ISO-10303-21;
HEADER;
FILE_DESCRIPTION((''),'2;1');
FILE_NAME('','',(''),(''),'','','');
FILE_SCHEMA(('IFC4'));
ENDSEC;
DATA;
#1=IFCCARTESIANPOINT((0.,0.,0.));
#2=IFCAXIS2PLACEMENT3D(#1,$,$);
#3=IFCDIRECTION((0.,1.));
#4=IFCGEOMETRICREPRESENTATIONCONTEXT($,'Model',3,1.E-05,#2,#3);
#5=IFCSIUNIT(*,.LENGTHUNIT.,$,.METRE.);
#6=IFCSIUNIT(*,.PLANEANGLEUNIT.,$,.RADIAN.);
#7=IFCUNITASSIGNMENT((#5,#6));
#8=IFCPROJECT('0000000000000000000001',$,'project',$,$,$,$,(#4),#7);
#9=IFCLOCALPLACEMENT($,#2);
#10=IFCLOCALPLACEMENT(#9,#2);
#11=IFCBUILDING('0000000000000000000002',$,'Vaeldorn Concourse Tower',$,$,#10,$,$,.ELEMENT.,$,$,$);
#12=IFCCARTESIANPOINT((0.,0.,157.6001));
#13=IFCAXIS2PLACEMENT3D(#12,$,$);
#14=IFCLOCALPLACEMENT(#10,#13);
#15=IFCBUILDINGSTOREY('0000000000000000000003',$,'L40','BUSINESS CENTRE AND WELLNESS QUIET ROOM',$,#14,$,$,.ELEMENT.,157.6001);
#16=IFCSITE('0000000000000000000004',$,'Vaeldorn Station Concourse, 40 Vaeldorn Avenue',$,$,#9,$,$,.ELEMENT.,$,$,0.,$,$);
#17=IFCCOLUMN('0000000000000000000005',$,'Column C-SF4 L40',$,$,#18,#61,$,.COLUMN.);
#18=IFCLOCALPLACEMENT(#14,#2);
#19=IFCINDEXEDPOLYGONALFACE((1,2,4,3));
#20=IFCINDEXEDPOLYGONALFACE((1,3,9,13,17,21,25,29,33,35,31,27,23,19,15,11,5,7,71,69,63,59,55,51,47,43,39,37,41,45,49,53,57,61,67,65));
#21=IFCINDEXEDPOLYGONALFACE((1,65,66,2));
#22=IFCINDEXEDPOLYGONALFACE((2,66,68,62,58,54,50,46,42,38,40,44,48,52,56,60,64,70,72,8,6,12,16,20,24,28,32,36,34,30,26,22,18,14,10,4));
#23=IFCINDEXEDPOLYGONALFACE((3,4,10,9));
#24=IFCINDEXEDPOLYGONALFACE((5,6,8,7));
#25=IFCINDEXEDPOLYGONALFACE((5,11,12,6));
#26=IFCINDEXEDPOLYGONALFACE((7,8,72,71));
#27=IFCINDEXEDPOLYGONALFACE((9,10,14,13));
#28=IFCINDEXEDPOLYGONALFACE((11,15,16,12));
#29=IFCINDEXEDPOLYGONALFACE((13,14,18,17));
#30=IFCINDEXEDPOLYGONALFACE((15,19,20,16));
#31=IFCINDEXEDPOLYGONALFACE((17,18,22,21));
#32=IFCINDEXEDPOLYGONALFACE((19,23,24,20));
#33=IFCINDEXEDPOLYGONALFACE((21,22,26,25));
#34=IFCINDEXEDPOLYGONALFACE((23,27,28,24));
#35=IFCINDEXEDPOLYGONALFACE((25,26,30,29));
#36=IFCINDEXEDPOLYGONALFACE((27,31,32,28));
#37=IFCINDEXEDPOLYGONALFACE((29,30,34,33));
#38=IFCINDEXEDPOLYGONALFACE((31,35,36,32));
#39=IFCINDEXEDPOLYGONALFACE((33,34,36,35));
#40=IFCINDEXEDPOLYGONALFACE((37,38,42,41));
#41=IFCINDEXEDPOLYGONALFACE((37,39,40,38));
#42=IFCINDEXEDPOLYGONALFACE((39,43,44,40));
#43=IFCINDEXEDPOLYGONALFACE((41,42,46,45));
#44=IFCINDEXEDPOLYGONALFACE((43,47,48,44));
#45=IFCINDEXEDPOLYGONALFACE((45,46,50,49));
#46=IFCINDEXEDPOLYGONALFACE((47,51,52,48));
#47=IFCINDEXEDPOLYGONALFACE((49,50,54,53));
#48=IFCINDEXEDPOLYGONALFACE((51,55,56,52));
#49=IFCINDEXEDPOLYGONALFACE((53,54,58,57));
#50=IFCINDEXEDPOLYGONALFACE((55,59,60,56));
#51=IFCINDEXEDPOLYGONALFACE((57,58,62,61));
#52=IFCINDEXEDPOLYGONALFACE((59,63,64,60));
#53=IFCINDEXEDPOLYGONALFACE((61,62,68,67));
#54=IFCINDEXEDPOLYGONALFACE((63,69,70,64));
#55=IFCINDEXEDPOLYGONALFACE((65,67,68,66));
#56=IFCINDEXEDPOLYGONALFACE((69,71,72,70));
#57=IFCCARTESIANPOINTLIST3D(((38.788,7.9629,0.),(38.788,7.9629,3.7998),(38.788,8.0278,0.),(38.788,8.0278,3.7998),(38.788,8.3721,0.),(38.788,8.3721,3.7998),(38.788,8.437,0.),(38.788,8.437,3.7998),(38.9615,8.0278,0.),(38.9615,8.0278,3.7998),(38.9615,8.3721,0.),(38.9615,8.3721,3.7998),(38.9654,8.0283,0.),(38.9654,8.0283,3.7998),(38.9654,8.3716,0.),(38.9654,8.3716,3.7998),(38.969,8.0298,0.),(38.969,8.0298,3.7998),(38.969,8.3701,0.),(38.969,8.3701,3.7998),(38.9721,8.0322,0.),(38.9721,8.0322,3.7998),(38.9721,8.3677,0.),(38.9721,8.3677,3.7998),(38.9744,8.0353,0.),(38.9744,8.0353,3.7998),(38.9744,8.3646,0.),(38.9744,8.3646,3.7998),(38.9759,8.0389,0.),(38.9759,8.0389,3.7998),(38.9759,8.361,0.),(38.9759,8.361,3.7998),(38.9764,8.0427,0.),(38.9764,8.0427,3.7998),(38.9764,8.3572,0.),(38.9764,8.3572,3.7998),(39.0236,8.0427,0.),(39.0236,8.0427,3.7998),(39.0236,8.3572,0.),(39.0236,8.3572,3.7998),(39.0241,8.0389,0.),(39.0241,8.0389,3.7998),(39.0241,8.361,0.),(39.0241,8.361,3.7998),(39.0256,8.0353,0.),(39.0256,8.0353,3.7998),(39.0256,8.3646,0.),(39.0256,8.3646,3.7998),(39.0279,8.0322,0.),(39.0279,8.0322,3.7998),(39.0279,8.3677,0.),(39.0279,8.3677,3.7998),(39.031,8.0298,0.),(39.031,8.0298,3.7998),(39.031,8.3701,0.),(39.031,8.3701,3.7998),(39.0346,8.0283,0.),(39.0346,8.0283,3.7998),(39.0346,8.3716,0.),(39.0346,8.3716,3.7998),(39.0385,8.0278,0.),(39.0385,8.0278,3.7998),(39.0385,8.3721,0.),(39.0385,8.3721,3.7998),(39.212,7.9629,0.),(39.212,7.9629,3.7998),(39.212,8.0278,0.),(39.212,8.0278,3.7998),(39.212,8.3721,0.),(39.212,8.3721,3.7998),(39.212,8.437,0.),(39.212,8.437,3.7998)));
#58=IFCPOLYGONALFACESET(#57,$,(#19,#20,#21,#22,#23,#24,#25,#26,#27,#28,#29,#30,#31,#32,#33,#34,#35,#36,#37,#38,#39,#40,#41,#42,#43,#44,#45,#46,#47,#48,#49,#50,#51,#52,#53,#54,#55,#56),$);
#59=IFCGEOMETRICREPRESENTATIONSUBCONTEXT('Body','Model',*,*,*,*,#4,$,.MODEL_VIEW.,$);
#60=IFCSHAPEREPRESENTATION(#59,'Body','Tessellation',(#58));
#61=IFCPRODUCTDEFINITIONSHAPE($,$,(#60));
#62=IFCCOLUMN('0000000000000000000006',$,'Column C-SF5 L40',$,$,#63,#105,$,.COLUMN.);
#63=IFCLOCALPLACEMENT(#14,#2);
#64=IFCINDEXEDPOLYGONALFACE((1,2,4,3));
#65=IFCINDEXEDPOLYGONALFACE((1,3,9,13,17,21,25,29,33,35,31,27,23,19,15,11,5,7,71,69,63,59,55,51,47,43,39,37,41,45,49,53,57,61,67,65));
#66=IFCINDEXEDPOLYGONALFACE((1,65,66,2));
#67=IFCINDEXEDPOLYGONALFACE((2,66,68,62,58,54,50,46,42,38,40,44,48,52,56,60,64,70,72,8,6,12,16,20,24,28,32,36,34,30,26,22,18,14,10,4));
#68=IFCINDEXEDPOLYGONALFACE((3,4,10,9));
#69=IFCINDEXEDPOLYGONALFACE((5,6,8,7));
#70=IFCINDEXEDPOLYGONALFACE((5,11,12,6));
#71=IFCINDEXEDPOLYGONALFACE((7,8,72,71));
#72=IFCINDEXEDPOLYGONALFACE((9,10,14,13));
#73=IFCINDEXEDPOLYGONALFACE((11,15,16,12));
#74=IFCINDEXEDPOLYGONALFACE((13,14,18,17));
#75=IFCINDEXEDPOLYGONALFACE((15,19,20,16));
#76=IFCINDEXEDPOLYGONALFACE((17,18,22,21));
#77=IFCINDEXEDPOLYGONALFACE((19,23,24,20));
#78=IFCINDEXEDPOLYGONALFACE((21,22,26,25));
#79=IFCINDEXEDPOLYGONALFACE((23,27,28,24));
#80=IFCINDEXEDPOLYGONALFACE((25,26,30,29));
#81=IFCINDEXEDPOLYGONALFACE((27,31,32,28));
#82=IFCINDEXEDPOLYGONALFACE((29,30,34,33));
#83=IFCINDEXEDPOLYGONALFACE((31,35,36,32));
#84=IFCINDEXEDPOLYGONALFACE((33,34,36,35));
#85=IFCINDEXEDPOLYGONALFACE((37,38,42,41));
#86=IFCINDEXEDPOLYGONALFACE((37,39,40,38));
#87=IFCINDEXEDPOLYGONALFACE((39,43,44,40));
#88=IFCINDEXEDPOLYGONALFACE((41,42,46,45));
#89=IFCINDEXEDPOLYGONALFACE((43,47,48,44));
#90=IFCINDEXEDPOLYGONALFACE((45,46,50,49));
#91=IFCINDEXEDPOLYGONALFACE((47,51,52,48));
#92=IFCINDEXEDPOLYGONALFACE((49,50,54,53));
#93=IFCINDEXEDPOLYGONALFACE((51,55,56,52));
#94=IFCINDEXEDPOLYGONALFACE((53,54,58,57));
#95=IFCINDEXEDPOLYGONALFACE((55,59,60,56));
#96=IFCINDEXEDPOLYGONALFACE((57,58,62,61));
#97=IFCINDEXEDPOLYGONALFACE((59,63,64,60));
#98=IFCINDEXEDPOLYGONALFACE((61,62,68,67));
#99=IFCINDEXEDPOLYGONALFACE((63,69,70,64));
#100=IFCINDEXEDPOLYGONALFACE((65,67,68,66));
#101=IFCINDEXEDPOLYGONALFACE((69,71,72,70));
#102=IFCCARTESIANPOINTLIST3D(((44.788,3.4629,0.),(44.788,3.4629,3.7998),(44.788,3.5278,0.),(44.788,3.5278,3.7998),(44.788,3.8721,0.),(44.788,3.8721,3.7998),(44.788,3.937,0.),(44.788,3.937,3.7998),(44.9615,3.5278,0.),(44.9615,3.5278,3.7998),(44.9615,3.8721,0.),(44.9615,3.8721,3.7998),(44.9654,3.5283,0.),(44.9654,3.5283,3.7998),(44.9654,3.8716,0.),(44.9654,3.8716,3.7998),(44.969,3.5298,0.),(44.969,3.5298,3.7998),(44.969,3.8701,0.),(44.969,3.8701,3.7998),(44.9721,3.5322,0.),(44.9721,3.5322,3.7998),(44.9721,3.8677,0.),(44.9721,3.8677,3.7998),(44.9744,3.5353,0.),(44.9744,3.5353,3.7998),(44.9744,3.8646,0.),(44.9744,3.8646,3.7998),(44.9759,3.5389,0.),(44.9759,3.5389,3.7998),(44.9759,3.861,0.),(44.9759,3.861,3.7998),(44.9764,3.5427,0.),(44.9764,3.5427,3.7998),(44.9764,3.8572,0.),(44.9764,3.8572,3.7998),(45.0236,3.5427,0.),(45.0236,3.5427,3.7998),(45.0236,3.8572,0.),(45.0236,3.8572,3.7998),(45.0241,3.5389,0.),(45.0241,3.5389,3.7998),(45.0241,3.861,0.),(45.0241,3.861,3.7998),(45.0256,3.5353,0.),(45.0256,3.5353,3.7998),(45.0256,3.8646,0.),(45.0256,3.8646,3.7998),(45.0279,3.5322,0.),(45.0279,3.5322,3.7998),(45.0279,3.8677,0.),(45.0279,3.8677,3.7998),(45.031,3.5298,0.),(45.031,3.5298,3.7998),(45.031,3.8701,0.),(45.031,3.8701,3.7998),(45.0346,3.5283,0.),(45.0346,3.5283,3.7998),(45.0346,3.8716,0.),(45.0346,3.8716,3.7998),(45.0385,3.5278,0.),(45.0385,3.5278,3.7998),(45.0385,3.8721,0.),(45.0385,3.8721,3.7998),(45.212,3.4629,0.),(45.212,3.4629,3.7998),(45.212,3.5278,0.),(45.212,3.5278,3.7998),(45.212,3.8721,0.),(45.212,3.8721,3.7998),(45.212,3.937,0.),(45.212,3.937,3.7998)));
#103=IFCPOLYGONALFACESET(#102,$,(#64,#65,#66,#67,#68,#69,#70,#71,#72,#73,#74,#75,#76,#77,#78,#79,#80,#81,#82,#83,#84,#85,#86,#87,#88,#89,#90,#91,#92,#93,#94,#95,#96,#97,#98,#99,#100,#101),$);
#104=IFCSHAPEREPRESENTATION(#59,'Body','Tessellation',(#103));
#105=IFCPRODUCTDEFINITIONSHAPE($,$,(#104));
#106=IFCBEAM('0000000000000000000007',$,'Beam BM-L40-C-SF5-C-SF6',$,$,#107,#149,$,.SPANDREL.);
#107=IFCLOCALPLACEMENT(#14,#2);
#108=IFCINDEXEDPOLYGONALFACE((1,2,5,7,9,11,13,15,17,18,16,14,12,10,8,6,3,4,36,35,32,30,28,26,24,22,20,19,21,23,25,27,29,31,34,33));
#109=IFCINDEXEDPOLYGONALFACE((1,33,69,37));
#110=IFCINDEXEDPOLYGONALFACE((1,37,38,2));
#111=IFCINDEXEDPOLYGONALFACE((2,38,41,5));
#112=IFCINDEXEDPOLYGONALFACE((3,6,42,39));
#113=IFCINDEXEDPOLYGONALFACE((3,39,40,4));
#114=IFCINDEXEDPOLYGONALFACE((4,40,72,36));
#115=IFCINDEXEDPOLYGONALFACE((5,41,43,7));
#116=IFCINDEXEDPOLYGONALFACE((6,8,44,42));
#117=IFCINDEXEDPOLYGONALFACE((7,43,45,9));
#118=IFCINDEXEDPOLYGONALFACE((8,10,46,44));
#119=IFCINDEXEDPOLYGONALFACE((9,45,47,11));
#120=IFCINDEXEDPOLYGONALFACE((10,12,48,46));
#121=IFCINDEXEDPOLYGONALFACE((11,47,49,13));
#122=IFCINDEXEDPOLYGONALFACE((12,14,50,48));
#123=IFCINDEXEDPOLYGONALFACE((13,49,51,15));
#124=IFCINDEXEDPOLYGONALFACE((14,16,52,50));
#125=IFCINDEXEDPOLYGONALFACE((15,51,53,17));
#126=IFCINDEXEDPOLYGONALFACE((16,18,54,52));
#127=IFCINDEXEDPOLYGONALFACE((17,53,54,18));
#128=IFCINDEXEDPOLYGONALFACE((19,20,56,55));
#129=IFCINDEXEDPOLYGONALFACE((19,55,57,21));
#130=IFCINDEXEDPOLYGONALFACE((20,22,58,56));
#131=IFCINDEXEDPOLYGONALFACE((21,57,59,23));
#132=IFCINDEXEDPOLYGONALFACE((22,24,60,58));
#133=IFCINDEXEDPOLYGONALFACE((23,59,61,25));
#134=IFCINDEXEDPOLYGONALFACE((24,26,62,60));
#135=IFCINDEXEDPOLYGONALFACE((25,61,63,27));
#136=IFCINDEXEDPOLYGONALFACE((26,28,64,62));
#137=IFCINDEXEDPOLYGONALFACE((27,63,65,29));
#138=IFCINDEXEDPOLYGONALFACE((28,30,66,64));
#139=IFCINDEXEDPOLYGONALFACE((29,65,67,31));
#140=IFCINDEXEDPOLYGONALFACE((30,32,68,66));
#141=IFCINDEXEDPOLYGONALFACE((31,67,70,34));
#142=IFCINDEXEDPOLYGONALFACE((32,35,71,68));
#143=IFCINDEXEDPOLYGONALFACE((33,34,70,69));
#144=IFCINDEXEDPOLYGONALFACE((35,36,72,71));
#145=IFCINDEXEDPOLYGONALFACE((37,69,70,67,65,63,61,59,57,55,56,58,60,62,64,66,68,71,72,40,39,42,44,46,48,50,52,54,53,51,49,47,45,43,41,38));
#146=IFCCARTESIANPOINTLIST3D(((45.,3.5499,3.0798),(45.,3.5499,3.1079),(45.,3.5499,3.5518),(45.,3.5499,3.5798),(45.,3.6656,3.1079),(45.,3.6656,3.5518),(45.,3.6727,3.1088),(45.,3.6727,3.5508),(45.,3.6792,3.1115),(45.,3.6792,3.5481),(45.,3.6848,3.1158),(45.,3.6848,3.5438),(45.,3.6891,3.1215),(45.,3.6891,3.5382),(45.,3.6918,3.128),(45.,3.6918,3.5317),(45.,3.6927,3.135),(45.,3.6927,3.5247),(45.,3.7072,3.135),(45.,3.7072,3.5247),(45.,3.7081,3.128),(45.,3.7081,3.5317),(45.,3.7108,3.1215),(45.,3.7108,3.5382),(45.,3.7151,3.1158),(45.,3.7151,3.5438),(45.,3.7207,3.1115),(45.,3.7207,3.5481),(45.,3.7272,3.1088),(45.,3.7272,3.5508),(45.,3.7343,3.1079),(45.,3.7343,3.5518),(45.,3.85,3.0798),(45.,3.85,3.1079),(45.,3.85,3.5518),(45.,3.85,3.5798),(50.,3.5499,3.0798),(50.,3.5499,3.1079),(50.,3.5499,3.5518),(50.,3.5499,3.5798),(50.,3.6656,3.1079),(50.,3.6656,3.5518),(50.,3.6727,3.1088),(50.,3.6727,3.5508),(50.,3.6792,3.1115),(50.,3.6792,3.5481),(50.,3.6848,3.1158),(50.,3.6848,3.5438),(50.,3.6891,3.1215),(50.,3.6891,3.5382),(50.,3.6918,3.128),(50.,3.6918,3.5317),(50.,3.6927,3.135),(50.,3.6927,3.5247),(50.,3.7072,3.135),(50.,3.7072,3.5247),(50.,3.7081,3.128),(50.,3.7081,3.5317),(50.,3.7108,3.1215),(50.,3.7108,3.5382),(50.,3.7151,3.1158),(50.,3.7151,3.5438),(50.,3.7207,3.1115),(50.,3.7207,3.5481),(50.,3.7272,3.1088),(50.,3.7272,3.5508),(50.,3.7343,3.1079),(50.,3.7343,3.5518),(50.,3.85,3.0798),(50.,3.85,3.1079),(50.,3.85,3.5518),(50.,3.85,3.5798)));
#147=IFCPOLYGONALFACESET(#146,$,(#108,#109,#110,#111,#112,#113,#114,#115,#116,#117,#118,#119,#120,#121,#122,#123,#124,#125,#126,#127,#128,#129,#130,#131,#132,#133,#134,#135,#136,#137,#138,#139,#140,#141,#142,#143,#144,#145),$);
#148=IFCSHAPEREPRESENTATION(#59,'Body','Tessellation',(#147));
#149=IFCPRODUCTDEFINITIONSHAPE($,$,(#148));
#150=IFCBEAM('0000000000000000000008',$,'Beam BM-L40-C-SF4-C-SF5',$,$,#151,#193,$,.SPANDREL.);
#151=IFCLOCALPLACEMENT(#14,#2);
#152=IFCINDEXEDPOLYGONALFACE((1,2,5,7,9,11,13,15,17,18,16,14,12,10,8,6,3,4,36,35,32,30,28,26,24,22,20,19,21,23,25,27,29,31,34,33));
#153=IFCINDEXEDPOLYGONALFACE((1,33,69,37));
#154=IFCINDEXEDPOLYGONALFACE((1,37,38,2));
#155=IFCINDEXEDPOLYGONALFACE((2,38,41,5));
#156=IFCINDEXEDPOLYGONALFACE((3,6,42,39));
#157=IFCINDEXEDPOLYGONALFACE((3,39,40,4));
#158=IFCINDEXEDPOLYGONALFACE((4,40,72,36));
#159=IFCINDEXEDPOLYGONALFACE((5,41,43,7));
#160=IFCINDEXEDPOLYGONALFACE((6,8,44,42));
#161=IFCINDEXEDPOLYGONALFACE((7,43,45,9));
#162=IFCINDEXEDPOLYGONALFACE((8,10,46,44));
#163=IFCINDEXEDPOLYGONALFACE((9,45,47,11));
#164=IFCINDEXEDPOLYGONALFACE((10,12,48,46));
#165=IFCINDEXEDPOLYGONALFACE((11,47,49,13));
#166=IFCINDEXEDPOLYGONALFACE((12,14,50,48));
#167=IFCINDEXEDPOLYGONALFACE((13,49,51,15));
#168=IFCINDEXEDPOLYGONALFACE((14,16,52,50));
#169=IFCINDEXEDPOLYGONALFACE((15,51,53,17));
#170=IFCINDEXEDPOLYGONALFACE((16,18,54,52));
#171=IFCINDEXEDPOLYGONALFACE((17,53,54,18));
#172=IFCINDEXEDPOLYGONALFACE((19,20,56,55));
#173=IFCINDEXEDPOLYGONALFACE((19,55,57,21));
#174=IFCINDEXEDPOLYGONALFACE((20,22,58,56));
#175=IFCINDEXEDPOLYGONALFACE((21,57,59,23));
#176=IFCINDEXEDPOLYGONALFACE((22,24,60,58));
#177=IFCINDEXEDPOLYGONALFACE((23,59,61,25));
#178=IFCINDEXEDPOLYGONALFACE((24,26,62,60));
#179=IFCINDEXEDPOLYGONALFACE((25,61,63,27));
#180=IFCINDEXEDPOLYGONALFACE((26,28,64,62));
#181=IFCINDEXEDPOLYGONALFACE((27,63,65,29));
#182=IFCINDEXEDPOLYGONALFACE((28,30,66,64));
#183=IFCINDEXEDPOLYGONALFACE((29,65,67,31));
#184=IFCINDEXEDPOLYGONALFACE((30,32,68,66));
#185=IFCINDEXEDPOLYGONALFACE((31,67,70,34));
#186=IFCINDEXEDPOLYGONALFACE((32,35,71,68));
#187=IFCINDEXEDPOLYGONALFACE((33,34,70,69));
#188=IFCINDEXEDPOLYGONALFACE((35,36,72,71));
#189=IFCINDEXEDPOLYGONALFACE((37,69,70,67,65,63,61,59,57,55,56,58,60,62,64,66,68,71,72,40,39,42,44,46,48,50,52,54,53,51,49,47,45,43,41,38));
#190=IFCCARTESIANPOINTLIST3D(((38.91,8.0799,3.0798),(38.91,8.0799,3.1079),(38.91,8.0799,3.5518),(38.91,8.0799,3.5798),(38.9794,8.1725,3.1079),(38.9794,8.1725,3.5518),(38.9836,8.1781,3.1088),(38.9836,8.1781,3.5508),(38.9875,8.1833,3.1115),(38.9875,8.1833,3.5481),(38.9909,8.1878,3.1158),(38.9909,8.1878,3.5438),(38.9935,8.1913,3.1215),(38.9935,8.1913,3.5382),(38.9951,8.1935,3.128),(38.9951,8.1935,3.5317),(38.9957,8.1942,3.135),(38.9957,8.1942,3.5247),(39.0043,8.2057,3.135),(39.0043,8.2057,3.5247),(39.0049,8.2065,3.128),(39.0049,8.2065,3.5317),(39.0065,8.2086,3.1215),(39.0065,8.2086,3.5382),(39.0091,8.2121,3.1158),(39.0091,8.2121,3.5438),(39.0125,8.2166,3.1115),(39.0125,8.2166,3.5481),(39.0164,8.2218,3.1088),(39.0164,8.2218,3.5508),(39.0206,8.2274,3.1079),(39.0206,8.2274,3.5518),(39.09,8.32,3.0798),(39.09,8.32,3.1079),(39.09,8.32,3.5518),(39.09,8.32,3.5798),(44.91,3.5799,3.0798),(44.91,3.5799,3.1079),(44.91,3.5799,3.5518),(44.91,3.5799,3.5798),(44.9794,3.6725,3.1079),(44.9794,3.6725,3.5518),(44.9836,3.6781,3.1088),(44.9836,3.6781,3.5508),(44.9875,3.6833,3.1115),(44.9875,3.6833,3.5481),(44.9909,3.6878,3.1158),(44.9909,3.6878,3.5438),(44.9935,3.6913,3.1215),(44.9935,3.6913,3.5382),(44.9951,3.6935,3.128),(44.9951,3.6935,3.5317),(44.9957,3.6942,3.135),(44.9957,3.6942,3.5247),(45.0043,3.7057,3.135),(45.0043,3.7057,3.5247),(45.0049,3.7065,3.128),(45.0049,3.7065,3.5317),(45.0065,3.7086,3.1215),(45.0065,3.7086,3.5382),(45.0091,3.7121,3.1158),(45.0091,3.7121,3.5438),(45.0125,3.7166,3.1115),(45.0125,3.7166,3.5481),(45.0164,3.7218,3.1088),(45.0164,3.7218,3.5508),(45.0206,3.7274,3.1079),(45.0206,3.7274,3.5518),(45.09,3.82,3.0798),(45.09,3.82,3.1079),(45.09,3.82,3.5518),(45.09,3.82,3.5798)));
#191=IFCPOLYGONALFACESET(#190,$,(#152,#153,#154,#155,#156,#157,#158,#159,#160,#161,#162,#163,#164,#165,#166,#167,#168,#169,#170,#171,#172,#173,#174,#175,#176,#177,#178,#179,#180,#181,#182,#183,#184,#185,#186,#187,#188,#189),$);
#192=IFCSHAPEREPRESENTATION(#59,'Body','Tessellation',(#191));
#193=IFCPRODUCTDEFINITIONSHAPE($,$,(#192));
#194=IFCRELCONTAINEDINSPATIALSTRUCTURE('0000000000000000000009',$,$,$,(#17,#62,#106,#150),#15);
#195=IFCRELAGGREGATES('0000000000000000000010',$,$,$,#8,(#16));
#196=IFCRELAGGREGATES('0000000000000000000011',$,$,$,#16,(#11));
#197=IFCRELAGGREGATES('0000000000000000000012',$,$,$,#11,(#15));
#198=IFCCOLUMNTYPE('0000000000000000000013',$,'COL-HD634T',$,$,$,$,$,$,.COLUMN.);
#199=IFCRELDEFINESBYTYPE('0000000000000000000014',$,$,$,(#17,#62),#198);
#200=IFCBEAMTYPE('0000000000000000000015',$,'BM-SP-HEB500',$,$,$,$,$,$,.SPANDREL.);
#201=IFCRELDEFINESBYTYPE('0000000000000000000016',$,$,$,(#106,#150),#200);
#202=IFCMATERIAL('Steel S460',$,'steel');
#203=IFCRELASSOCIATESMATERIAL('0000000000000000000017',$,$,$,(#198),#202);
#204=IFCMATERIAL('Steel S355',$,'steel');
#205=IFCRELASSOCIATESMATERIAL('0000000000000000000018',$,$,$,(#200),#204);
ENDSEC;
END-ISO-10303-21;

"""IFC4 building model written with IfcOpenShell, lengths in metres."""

from ifc_helpers import new_model, si_unit, direction, frame, origin, origin_2d, place, context, subcontext, project, spatial, i_section, extrude, source, transform, mapped, material, material_profile, profile_set, type_object, element, save


model = new_model("IFC4")

# Units and contexts
model_context = context("Model", 3, precision=1e-05, world=origin(), true_north=direction((0.0, 1.0)))
body_context = subcontext(model_context, "Body", "Model", "MODEL_VIEW")
ifc_project = project(units=[si_unit("LENGTHUNIT", "METRE"), si_unit("PLANEANGLEUNIT", "RADIAN")], contexts=[model_context])

# Site, building, storey
site_placement = place(None, origin())
site = spatial("IfcSite", under=ifc_project, at=site_placement, Name="Vaeldorn Station Concourse, 40 Vaeldorn Avenue", CompositionType="ELEMENT", RefElevation=0.0)
building_placement = place(site_placement, origin())
building = spatial("IfcBuilding", under=site, at=building_placement, Name="Vaeldorn Concourse Tower", CompositionType="ELEMENT")
storey_placement = place(building_placement, frame((0.0, 0.0, 157.6001)))
storey = spatial("IfcBuildingStorey", under=building, at=storey_placement, Name="L40", Description="BUSINESS CENTRE AND WELLNESS QUIET ROOM", CompositionType="ELEMENT", Elevation=157.6001)

# Columns
ifc_material_1 = material(Name="Steel S460", Category="steel")
ifc_material_profile_1 = material_profile(ifc_material_1, i_section(OverallWidth=0.4241, OverallDepth=0.4741, WebThickness=0.0471, FlangeThickness=0.0649, FilletRadius=0.0149, at=origin_2d()), Name="HD 400x634")
ifc_profile_set_1 = profile_set([ifc_material_profile_1], Name="Steel S460")
column_type = type_object("IfcColumnType", Name="COL-HD634T", PredefinedType="COLUMN", material=ifc_profile_set_1)
shared_shape_1 = source(origin(), body_context, "Body", "SweptSolid", [
    extrude(i_section(OverallWidth=0.4241, OverallDepth=0.4741, WebThickness=0.0471, FlangeThickness=0.0649, FilletRadius=0.0149, at=origin_2d()), origin(), (0.0, 0.0, 1.0), 3.7998),
])
for number, where, z_axis, x_axis, name in (
    (1, (39.0, 8.2, 0.0), (0.0, 0.0, 1.0), (1.0, 0.0, 0.0), "Column C-SF4 L40"),
    (2, (45.0, 3.7, 0.0), (0.0, 0.0, 1.0), (1.0, 0.0, 0.0), "Column C-SF5 L40"),
):
    element("IfcColumn", number, at=place(storey_placement, frame(where, z_axis=z_axis, x_axis=x_axis)), inside=storey, type_object=column_type, Name=name, PredefinedType="COLUMN", context=body_context, shape_type="MappedRepresentation", body=[
        mapped(shared_shape_1, transform((0.0, 0.0, 0.0), scale=1.0)),
    ])

# Beams
ifc_material_2 = material(Name="Steel S355", Category="steel")
ifc_material_profile_2 = material_profile(ifc_material_2, i_section(OverallWidth=0.3, OverallDepth=0.5, WebThickness=0.0144, FlangeThickness=0.0281, FilletRadius=0.0271, at=origin_2d()), Name="HEB 500")
ifc_profile_set_2 = profile_set([ifc_material_profile_2], Name="Steel S355")
beam_type_1 = type_object("IfcBeamType", Name="BM-SP-HEB500", PredefinedType="SPANDREL", material=ifc_profile_set_2)
shared_shape_2 = source(origin(), body_context, "Body", "SweptSolid", [
    extrude(i_section(OverallWidth=0.3, OverallDepth=0.5, WebThickness=0.0144, FlangeThickness=0.0281, FilletRadius=0.0271, at=origin_2d()), origin(), (0.0, 0.0, 1.0), 5.0),
])
beam_1_placement = place(storey_placement, frame((45.0, 3.7, 3.3298), z_axis=(1.0, 0.0, 0.0), x_axis=(0.0, 1.0, 0.0)))
element("IfcBeam", 3, at=beam_1_placement, inside=storey, type_object=beam_type_1, Name="Beam BM-L40-C-SF5-C-SF6", PredefinedType="SPANDREL", context=body_context, shape_type="MappedRepresentation", body=[
    mapped(shared_shape_2, transform((0.0, 0.0, 0.0), scale=1.0)),
])
shared_shape_3 = source(origin(), body_context, "Body", "SweptSolid", [
    extrude(i_section(OverallWidth=0.3, OverallDepth=0.5, WebThickness=0.0144, FlangeThickness=0.0281, FilletRadius=0.0271, at=origin_2d()), origin(), (0.0, 0.0, 1.0), 7.5),
])
beam_2_placement = place(storey_placement, frame((39.0, 8.2, 3.3298), z_axis=(0.8, -0.6, 0.0), x_axis=(0.6, 0.8, 0.0)))
element("IfcBeam", 4, at=beam_2_placement, inside=storey, type_object=beam_type_1, Name="Beam BM-L40-C-SF4-C-SF5", PredefinedType="SPANDREL", context=body_context, shape_type="MappedRepresentation", body=[
    mapped(shared_shape_3, transform((0.0, 0.0, 0.0), scale=1.0)),
])

save(model, "model.ifc")
